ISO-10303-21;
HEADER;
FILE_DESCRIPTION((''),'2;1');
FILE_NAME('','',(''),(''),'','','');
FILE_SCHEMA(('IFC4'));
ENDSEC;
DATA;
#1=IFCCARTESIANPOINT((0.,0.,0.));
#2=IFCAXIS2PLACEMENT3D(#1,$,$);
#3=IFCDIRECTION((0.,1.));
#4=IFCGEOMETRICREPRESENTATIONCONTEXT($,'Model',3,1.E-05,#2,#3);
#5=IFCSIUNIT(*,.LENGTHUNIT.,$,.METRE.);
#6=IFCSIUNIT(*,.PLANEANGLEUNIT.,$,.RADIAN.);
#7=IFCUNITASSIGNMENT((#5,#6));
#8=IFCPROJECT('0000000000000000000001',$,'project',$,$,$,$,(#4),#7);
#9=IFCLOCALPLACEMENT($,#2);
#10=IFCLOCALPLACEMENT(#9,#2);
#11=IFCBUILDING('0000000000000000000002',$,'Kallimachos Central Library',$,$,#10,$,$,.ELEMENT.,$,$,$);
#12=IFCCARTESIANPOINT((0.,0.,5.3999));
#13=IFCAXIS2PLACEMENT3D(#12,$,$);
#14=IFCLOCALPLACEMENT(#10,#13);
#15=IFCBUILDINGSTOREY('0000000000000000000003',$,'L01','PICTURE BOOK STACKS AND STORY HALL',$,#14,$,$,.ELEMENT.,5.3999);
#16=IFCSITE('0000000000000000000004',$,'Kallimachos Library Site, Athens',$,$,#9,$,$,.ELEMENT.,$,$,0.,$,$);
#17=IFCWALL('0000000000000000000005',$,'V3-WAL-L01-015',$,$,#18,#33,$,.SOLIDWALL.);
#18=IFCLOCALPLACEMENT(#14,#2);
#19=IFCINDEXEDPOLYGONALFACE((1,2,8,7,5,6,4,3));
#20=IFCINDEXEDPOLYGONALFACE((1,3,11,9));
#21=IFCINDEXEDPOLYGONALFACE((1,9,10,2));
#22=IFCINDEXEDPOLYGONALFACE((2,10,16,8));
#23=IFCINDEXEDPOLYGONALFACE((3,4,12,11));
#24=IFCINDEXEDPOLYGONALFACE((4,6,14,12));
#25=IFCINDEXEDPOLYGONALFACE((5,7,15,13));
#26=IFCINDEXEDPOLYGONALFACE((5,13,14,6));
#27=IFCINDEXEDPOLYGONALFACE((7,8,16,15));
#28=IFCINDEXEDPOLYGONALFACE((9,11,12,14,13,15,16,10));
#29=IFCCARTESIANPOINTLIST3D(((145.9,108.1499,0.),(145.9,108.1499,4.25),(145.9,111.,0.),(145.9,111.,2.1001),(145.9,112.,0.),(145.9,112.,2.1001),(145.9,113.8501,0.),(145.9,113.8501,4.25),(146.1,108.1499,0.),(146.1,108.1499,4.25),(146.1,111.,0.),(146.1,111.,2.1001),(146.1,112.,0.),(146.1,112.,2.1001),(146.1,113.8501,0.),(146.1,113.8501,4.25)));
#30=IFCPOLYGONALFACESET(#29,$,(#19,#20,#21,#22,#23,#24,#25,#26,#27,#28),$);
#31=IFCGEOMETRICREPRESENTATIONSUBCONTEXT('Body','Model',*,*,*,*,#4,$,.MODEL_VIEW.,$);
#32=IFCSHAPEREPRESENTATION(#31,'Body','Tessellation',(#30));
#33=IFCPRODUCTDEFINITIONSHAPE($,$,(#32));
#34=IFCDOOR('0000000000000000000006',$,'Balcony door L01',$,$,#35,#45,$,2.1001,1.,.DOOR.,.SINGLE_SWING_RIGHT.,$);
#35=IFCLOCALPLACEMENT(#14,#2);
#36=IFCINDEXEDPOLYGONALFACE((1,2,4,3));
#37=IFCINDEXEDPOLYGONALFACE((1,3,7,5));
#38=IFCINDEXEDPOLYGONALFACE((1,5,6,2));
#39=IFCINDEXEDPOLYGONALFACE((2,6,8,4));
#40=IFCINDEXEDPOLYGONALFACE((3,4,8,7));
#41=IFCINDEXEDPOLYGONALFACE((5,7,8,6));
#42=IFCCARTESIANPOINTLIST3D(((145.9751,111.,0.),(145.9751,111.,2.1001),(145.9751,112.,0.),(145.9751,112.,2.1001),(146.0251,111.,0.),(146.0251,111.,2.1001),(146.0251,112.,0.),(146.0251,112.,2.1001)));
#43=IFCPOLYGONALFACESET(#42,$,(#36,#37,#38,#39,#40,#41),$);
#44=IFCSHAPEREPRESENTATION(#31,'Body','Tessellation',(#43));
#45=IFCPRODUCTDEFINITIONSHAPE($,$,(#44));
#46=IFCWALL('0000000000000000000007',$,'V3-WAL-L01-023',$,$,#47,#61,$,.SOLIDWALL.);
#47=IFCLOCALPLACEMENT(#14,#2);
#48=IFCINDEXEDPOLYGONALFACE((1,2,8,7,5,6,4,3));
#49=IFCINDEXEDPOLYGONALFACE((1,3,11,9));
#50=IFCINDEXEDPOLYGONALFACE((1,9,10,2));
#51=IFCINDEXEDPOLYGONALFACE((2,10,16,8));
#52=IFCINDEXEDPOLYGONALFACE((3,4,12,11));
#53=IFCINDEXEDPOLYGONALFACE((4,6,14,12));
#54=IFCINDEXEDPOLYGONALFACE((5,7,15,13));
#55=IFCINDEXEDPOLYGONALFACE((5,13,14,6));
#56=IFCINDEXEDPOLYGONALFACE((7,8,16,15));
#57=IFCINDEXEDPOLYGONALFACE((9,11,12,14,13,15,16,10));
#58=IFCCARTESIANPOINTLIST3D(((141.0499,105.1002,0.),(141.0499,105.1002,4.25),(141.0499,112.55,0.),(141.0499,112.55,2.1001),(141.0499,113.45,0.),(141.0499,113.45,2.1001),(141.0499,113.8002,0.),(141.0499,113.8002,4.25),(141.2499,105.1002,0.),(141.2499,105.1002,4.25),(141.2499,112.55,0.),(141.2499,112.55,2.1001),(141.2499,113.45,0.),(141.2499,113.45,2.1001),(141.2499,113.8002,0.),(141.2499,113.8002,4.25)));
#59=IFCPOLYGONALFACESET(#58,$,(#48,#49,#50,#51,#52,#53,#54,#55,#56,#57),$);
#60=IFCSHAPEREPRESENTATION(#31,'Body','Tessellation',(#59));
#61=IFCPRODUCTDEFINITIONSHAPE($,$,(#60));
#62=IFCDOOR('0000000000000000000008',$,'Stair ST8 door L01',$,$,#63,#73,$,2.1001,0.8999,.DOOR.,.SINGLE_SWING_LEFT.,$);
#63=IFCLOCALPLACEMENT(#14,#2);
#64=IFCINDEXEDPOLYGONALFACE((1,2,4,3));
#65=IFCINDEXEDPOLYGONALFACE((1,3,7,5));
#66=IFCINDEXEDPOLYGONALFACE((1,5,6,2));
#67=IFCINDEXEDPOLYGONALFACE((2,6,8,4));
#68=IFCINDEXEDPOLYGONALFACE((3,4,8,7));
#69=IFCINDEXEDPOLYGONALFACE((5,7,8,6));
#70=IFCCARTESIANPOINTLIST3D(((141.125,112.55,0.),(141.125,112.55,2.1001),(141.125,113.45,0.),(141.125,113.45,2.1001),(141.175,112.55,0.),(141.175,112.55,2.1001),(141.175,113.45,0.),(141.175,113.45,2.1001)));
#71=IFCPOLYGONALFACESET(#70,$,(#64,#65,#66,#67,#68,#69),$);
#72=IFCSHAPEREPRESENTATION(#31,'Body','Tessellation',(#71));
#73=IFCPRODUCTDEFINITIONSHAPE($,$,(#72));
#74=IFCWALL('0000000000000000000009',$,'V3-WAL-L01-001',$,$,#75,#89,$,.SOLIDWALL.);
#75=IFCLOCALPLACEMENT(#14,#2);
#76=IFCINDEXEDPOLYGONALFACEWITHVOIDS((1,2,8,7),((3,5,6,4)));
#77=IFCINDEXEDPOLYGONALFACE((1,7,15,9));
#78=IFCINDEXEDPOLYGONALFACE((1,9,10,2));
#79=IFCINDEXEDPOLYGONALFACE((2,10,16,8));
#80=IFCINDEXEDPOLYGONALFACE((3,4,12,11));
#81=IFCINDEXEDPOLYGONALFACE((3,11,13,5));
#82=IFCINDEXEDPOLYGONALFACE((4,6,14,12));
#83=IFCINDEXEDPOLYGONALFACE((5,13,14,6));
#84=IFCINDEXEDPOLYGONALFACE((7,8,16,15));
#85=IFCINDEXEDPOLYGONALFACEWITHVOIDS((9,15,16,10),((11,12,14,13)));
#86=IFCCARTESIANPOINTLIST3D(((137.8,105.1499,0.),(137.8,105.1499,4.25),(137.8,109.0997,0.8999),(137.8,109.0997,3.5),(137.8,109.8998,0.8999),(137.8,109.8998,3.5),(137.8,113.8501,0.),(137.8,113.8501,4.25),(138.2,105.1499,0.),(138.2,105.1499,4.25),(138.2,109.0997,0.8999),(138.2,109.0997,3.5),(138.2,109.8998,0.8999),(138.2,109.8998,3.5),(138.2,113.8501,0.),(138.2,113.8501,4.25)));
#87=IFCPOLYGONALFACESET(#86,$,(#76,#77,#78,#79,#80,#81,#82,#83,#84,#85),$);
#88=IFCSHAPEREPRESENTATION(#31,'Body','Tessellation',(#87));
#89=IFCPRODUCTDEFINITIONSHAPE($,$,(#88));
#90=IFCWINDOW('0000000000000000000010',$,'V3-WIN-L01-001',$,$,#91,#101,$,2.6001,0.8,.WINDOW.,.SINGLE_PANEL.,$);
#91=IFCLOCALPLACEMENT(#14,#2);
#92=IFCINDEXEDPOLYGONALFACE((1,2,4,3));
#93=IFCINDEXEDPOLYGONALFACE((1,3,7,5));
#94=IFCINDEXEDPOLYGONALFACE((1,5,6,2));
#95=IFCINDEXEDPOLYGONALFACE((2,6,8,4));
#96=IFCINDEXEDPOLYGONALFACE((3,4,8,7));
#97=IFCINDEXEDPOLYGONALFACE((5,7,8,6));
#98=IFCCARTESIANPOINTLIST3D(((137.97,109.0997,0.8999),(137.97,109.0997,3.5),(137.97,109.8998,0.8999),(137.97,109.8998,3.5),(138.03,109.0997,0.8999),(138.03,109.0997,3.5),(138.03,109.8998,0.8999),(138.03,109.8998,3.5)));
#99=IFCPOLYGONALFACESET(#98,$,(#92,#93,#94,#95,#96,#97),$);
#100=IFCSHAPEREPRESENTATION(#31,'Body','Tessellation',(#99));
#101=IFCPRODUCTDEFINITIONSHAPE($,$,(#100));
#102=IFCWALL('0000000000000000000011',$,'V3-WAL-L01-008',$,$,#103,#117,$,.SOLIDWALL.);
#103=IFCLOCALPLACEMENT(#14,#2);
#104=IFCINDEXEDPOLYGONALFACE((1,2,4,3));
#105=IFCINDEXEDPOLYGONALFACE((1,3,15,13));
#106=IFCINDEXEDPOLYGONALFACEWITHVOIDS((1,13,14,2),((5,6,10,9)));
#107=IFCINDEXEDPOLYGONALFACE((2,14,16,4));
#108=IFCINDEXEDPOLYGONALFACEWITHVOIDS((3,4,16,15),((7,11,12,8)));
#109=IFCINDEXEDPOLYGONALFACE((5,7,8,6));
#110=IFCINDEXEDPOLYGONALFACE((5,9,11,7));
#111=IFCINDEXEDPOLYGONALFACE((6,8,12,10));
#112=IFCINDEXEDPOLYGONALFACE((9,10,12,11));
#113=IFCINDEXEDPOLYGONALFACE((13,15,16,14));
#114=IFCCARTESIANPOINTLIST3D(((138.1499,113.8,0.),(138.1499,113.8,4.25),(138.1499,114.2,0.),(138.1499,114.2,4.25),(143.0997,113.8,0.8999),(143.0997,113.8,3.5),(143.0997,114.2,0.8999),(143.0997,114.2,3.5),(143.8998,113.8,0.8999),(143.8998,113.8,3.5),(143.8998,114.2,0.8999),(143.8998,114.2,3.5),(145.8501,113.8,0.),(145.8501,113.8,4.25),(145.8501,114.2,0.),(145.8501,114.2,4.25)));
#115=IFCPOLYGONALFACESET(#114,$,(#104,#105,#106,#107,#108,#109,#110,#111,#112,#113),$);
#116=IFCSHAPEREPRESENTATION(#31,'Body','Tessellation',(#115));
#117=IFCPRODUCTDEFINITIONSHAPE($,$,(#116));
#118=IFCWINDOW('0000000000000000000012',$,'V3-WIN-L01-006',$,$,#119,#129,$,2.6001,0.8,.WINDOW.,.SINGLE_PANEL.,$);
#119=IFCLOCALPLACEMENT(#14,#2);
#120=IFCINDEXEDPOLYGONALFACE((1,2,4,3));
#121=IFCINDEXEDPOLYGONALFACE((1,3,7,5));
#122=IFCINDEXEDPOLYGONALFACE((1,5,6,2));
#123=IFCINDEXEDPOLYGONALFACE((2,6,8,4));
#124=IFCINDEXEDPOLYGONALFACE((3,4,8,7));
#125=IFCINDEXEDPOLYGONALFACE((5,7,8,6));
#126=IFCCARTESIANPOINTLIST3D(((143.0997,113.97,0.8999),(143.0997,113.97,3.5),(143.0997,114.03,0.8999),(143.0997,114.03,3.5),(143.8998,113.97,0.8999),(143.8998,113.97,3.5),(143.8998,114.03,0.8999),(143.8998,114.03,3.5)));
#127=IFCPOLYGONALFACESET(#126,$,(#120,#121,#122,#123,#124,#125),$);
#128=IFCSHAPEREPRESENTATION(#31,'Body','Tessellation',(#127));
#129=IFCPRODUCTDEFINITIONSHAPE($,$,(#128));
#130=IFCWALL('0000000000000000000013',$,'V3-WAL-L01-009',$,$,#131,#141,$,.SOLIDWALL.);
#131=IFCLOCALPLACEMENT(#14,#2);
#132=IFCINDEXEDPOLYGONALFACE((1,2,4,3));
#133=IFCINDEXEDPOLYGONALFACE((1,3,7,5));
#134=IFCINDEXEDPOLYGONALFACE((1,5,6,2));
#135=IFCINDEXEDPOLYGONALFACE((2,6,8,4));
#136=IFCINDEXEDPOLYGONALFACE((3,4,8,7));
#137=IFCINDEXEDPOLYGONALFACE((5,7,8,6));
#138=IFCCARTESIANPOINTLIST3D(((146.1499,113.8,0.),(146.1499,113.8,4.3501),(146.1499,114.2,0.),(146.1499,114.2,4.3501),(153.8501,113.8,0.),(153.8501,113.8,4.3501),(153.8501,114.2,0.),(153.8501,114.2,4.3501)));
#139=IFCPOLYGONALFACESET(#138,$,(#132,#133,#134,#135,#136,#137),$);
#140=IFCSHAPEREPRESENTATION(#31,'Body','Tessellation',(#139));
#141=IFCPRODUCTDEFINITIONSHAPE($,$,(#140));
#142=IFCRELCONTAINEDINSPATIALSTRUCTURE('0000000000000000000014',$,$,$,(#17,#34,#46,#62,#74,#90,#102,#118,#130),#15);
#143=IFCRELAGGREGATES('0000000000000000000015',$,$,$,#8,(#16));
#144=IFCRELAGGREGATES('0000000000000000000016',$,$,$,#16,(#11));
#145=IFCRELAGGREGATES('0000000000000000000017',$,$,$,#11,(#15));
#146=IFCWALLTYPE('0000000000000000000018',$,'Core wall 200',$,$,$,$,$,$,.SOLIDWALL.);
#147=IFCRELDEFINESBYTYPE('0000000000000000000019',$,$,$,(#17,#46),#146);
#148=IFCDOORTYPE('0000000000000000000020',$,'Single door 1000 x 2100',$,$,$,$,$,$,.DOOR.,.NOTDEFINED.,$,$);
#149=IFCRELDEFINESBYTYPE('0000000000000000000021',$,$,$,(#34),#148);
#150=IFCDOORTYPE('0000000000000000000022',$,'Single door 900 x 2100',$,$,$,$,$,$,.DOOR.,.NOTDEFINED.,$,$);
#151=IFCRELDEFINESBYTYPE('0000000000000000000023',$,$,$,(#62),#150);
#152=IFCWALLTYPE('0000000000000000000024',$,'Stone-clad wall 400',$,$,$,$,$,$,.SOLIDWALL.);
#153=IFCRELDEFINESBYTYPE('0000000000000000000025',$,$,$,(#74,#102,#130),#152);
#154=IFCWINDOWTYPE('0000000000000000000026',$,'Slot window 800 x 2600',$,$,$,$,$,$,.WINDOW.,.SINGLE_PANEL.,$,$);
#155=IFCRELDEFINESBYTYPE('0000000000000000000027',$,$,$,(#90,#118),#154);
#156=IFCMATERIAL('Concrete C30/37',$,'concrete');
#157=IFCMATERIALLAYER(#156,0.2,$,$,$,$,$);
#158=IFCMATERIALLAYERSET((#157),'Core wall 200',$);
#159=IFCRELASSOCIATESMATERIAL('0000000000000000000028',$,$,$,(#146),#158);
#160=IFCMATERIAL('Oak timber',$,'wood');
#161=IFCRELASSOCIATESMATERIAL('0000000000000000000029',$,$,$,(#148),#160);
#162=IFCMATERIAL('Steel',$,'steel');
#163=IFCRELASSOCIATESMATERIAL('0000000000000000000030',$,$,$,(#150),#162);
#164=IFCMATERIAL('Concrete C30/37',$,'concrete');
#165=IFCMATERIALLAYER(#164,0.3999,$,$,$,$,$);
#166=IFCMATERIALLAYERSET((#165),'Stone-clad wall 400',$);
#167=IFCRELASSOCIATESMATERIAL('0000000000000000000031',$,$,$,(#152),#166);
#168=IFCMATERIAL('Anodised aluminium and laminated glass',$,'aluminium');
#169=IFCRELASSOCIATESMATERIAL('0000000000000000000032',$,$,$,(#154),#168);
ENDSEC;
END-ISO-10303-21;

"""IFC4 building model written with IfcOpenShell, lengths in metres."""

from ifc_helpers import new_model, si_unit, direction, frame, frame_2d, origin, place, context, subcontext, project, spatial, rectangle, extrude, material, layer, layer_set, type_object, element, fill, save


model = new_model("IFC4")

# Units and contexts
model_context = context("Model", 3, precision=1e-05, world=origin(), true_north=direction((0.0, 1.0)))
body_context = subcontext(model_context, "Body", "Model", "MODEL_VIEW")
ifc_project = project(units=[si_unit("LENGTHUNIT", "METRE"), si_unit("PLANEANGLEUNIT", "RADIAN")], contexts=[model_context])

# Site, building, storey
site_placement = place(None, origin())
site = spatial("IfcSite", under=ifc_project, at=site_placement, Name="Kallimachos Library Site, Athens", CompositionType="ELEMENT", RefElevation=0.0)
building_placement = place(site_placement, origin())
building = spatial("IfcBuilding", under=site, at=building_placement, Name="Kallimachos Central Library", CompositionType="ELEMENT")
storey_placement = place(building_placement, frame((0.0, 0.0, 5.3999)))
storey = spatial("IfcBuildingStorey", under=building, at=storey_placement, Name="L01", Description="PICTURE BOOK STACKS AND STORY HALL", CompositionType="ELEMENT", Elevation=5.3999)

# Shared definitions
ifc_material_1 = material(Name="Concrete C30/37", Category="concrete")
ifc_layer_1 = layer(ifc_material_1, 0.2)
ifc_layer_set_1 = layer_set([ifc_layer_1], Name="Core wall 200")
wall_type_1 = type_object("IfcWallType", Name="Core wall 200", PredefinedType="SOLIDWALL", material=ifc_layer_set_1)

# Walls, openings, doors
wall_1_placement = place(storey_placement, frame((146.0, 108.1499, 0.0), z_axis=(0.0, 0.0, 1.0), x_axis=(0.0, 1.0, 0.0)))
wall_1 = element("IfcWall", 1, at=wall_1_placement, inside=storey, type_object=wall_type_1, Name="V3-WAL-L01-015", PredefinedType="SOLIDWALL", context=body_context, shape_type="SweptSolid", body=[
    extrude(rectangle(XDim=5.7002, YDim=0.2, at=frame_2d((2.8501, 0.0))), origin(), (0.0, 0.0, 1.0), 4.25),
])
opening_1_placement = place(wall_1_placement, frame((2.8501, 0.0, 0.0)))
opening_1 = element("IfcOpeningElement", 2, at=opening_1_placement, cuts=wall_1, PredefinedType="OPENING", context=body_context, shape_type="SweptSolid", body=[
    extrude(rectangle(XDim=1.0, YDim=2.1001, at=frame_2d((0.5, 1.05))), frame((0.0, 0.1099, 0.0), z_axis=(0.0, -1.0, 0.0), x_axis=(1.0, 0.0, 0.0)), (0.0, 0.0, 1.0), 0.22),
])
ifc_material_2 = material(Name="Oak timber", Category="wood")
door_type_1 = type_object("IfcDoorType", Name="Single door 1000 x 2100", OperationType="NOTDEFINED", PredefinedType="DOOR", material=ifc_material_2)
door_1_placement = place(opening_1_placement, origin())
door_1 = element("IfcDoor", 3, at=door_1_placement, inside=storey, type_object=door_type_1, Name="Balcony door L01", OperationType="SINGLE_SWING_RIGHT", OverallHeight=2.1001, OverallWidth=1.0, PredefinedType="DOOR", context=body_context, shape_type="SweptSolid", body=[
    extrude(rectangle(XDim=1.0, YDim=2.1001, at=frame_2d((0.5, 1.05))), frame((0.0, 0.0249, 0.0), z_axis=(0.0, -1.0, 0.0), x_axis=(1.0, 0.0, 0.0)), (0.0, 0.0, 1.0), 0.05),
])
fill(opening_1, door_1)
wall_2_placement = place(storey_placement, frame((141.1499, 105.1001, 0.0), z_axis=(0.0, 0.0, 1.0), x_axis=(0.0, 1.0, 0.0)))
wall_2 = element("IfcWall", 4, at=wall_2_placement, inside=storey, type_object=wall_type_1, Name="V3-WAL-L01-023", PredefinedType="SOLIDWALL", context=body_context, shape_type="SweptSolid", body=[
    extrude(rectangle(XDim=8.7, YDim=0.2, at=frame_2d((4.3501, 0.0))), origin(), (0.0, 0.0, 1.0), 4.25),
])
opening_2_placement = place(wall_2_placement, frame((7.45, 0.0, 0.0)))
opening_2 = element("IfcOpeningElement", 5, at=opening_2_placement, cuts=wall_2, PredefinedType="OPENING", context=body_context, shape_type="SweptSolid", body=[
    extrude(rectangle(XDim=0.8999, YDim=2.1001, at=frame_2d((0.45, 1.05))), frame((0.0, 0.1099, 0.0), z_axis=(0.0, -1.0, 0.0), x_axis=(1.0, 0.0, 0.0)), (0.0, 0.0, 1.0), 0.22),
])
ifc_material_3 = material(Name="Steel", Category="steel")
door_type_2 = type_object("IfcDoorType", Name="Single door 900 x 2100", OperationType="NOTDEFINED", PredefinedType="DOOR", material=ifc_material_3)
door_2_placement = place(opening_2_placement, origin())
door_2 = element("IfcDoor", 6, at=door_2_placement, inside=storey, type_object=door_type_2, Name="Stair ST8 door L01", OperationType="SINGLE_SWING_LEFT", OverallHeight=2.1001, OverallWidth=0.8999, PredefinedType="DOOR", context=body_context, shape_type="SweptSolid", body=[
    extrude(rectangle(XDim=0.8999, YDim=2.1001, at=frame_2d((0.45, 1.05))), frame((0.0, 0.0249, 0.0), z_axis=(0.0, -1.0, 0.0), x_axis=(1.0, 0.0, 0.0)), (0.0, 0.0, 1.0), 0.05),
])
fill(opening_2, door_2)

# Walls, openings, windows
ifc_material_4 = material(Name="Concrete C30/37", Category="concrete")
ifc_layer_2 = layer(ifc_material_4, 0.3999)
ifc_layer_set_2 = layer_set([ifc_layer_2], Name="Stone-clad wall 400")
wall_type_2 = type_object("IfcWallType", Name="Stone-clad wall 400", PredefinedType="SOLIDWALL", material=ifc_layer_set_2)
wall_3_placement = place(storey_placement, frame((138.0, 105.1499, 0.0), z_axis=(0.0, 0.0, 1.0), x_axis=(0.0, 1.0, 0.0)))
wall_3 = element("IfcWall", 7, at=wall_3_placement, inside=storey, type_object=wall_type_2, Name="V3-WAL-L01-001", PredefinedType="SOLIDWALL", context=body_context, shape_type="SweptSolid", body=[
    extrude(rectangle(XDim=8.7002, YDim=0.3999, at=frame_2d((4.3501, 0.0))), origin(), (0.0, 0.0, 1.0), 4.25),
])
opening_3_placement = place(wall_3_placement, frame((3.95, 0.0, 0.8999)))
opening_3 = element("IfcOpeningElement", 8, at=opening_3_placement, cuts=wall_3, PredefinedType="OPENING", context=body_context, shape_type="SweptSolid", body=[
    extrude(rectangle(XDim=0.8, YDim=2.6001, at=frame_2d((0.3999, 1.3))), frame((0.0, 0.21, 0.0), z_axis=(0.0, -1.0, 0.0), x_axis=(1.0, 0.0, 0.0)), (0.0, 0.0, 1.0), 0.4199),
])
ifc_material_5 = material(Name="Anodised aluminium and laminated glass", Category="aluminium")
window_type = type_object("IfcWindowType", Name="Slot window 800 x 2600", PartitioningType="SINGLE_PANEL", PredefinedType="WINDOW", material=ifc_material_5)
window_1_placement = place(opening_3_placement, origin())
window_1 = element("IfcWindow", 9, at=window_1_placement, inside=storey, type_object=window_type, Name="V3-WIN-L01-001", OverallHeight=2.6001, OverallWidth=0.8, PartitioningType="SINGLE_PANEL", PredefinedType="WINDOW", context=body_context, shape_type="SweptSolid", body=[
    extrude(rectangle(XDim=0.8, YDim=2.6001, at=frame_2d((0.3999, 1.3))), frame((0.0, 0.03, 0.0), z_axis=(0.0, -1.0, 0.0), x_axis=(1.0, 0.0, 0.0)), (0.0, 0.0, 1.0), 0.0601),
])
fill(opening_3, window_1)
wall_4_placement = place(storey_placement, frame((138.1499, 114.0, 0.0), z_axis=(0.0, 0.0, 1.0), x_axis=(1.0, 0.0, 0.0)))
wall_4 = element("IfcWall", 10, at=wall_4_placement, inside=storey, type_object=wall_type_2, Name="V3-WAL-L01-008", PredefinedType="SOLIDWALL", context=body_context, shape_type="SweptSolid", body=[
    extrude(rectangle(XDim=7.7002, YDim=0.3999, at=frame_2d((3.8501, 0.0))), origin(), (0.0, 0.0, 1.0), 4.25),
])
opening_4_placement = place(wall_4_placement, frame((4.95, 0.0, 0.8999)))
opening_4 = element("IfcOpeningElement", 11, at=opening_4_placement, cuts=wall_4, PredefinedType="OPENING", context=body_context, shape_type="SweptSolid", body=[
    extrude(rectangle(XDim=0.8, YDim=2.6001, at=frame_2d((0.3999, 1.3))), frame((0.0, 0.21, 0.0), z_axis=(0.0, -1.0, 0.0), x_axis=(1.0, 0.0, 0.0)), (0.0, 0.0, 1.0), 0.4199),
])
window_2_placement = place(opening_4_placement, origin())
window_2 = element("IfcWindow", 12, at=window_2_placement, inside=storey, type_object=window_type, Name="V3-WIN-L01-006", OverallHeight=2.6001, OverallWidth=0.8, PartitioningType="SINGLE_PANEL", PredefinedType="WINDOW", context=body_context, shape_type="SweptSolid", body=[
    extrude(rectangle(XDim=0.8, YDim=2.6001, at=frame_2d((0.3999, 1.3))), frame((0.0, 0.03, 0.0), z_axis=(0.0, -1.0, 0.0), x_axis=(1.0, 0.0, 0.0)), (0.0, 0.0, 1.0), 0.0601),
])
fill(opening_4, window_2)

# Wall
wall_5_placement = place(storey_placement, frame((146.1499, 114.0, 0.0), z_axis=(0.0, 0.0, 1.0), x_axis=(1.0, 0.0, 0.0)))
element("IfcWall", 13, at=wall_5_placement, inside=storey, type_object=wall_type_2, Name="V3-WAL-L01-009", PredefinedType="SOLIDWALL", context=body_context, shape_type="SweptSolid", body=[
    extrude(rectangle(XDim=7.7002, YDim=0.3999, at=frame_2d((3.8501, 0.0))), origin(), (0.0, 0.0, 1.0), 4.3501),
])

save(model, "model.ifc")
